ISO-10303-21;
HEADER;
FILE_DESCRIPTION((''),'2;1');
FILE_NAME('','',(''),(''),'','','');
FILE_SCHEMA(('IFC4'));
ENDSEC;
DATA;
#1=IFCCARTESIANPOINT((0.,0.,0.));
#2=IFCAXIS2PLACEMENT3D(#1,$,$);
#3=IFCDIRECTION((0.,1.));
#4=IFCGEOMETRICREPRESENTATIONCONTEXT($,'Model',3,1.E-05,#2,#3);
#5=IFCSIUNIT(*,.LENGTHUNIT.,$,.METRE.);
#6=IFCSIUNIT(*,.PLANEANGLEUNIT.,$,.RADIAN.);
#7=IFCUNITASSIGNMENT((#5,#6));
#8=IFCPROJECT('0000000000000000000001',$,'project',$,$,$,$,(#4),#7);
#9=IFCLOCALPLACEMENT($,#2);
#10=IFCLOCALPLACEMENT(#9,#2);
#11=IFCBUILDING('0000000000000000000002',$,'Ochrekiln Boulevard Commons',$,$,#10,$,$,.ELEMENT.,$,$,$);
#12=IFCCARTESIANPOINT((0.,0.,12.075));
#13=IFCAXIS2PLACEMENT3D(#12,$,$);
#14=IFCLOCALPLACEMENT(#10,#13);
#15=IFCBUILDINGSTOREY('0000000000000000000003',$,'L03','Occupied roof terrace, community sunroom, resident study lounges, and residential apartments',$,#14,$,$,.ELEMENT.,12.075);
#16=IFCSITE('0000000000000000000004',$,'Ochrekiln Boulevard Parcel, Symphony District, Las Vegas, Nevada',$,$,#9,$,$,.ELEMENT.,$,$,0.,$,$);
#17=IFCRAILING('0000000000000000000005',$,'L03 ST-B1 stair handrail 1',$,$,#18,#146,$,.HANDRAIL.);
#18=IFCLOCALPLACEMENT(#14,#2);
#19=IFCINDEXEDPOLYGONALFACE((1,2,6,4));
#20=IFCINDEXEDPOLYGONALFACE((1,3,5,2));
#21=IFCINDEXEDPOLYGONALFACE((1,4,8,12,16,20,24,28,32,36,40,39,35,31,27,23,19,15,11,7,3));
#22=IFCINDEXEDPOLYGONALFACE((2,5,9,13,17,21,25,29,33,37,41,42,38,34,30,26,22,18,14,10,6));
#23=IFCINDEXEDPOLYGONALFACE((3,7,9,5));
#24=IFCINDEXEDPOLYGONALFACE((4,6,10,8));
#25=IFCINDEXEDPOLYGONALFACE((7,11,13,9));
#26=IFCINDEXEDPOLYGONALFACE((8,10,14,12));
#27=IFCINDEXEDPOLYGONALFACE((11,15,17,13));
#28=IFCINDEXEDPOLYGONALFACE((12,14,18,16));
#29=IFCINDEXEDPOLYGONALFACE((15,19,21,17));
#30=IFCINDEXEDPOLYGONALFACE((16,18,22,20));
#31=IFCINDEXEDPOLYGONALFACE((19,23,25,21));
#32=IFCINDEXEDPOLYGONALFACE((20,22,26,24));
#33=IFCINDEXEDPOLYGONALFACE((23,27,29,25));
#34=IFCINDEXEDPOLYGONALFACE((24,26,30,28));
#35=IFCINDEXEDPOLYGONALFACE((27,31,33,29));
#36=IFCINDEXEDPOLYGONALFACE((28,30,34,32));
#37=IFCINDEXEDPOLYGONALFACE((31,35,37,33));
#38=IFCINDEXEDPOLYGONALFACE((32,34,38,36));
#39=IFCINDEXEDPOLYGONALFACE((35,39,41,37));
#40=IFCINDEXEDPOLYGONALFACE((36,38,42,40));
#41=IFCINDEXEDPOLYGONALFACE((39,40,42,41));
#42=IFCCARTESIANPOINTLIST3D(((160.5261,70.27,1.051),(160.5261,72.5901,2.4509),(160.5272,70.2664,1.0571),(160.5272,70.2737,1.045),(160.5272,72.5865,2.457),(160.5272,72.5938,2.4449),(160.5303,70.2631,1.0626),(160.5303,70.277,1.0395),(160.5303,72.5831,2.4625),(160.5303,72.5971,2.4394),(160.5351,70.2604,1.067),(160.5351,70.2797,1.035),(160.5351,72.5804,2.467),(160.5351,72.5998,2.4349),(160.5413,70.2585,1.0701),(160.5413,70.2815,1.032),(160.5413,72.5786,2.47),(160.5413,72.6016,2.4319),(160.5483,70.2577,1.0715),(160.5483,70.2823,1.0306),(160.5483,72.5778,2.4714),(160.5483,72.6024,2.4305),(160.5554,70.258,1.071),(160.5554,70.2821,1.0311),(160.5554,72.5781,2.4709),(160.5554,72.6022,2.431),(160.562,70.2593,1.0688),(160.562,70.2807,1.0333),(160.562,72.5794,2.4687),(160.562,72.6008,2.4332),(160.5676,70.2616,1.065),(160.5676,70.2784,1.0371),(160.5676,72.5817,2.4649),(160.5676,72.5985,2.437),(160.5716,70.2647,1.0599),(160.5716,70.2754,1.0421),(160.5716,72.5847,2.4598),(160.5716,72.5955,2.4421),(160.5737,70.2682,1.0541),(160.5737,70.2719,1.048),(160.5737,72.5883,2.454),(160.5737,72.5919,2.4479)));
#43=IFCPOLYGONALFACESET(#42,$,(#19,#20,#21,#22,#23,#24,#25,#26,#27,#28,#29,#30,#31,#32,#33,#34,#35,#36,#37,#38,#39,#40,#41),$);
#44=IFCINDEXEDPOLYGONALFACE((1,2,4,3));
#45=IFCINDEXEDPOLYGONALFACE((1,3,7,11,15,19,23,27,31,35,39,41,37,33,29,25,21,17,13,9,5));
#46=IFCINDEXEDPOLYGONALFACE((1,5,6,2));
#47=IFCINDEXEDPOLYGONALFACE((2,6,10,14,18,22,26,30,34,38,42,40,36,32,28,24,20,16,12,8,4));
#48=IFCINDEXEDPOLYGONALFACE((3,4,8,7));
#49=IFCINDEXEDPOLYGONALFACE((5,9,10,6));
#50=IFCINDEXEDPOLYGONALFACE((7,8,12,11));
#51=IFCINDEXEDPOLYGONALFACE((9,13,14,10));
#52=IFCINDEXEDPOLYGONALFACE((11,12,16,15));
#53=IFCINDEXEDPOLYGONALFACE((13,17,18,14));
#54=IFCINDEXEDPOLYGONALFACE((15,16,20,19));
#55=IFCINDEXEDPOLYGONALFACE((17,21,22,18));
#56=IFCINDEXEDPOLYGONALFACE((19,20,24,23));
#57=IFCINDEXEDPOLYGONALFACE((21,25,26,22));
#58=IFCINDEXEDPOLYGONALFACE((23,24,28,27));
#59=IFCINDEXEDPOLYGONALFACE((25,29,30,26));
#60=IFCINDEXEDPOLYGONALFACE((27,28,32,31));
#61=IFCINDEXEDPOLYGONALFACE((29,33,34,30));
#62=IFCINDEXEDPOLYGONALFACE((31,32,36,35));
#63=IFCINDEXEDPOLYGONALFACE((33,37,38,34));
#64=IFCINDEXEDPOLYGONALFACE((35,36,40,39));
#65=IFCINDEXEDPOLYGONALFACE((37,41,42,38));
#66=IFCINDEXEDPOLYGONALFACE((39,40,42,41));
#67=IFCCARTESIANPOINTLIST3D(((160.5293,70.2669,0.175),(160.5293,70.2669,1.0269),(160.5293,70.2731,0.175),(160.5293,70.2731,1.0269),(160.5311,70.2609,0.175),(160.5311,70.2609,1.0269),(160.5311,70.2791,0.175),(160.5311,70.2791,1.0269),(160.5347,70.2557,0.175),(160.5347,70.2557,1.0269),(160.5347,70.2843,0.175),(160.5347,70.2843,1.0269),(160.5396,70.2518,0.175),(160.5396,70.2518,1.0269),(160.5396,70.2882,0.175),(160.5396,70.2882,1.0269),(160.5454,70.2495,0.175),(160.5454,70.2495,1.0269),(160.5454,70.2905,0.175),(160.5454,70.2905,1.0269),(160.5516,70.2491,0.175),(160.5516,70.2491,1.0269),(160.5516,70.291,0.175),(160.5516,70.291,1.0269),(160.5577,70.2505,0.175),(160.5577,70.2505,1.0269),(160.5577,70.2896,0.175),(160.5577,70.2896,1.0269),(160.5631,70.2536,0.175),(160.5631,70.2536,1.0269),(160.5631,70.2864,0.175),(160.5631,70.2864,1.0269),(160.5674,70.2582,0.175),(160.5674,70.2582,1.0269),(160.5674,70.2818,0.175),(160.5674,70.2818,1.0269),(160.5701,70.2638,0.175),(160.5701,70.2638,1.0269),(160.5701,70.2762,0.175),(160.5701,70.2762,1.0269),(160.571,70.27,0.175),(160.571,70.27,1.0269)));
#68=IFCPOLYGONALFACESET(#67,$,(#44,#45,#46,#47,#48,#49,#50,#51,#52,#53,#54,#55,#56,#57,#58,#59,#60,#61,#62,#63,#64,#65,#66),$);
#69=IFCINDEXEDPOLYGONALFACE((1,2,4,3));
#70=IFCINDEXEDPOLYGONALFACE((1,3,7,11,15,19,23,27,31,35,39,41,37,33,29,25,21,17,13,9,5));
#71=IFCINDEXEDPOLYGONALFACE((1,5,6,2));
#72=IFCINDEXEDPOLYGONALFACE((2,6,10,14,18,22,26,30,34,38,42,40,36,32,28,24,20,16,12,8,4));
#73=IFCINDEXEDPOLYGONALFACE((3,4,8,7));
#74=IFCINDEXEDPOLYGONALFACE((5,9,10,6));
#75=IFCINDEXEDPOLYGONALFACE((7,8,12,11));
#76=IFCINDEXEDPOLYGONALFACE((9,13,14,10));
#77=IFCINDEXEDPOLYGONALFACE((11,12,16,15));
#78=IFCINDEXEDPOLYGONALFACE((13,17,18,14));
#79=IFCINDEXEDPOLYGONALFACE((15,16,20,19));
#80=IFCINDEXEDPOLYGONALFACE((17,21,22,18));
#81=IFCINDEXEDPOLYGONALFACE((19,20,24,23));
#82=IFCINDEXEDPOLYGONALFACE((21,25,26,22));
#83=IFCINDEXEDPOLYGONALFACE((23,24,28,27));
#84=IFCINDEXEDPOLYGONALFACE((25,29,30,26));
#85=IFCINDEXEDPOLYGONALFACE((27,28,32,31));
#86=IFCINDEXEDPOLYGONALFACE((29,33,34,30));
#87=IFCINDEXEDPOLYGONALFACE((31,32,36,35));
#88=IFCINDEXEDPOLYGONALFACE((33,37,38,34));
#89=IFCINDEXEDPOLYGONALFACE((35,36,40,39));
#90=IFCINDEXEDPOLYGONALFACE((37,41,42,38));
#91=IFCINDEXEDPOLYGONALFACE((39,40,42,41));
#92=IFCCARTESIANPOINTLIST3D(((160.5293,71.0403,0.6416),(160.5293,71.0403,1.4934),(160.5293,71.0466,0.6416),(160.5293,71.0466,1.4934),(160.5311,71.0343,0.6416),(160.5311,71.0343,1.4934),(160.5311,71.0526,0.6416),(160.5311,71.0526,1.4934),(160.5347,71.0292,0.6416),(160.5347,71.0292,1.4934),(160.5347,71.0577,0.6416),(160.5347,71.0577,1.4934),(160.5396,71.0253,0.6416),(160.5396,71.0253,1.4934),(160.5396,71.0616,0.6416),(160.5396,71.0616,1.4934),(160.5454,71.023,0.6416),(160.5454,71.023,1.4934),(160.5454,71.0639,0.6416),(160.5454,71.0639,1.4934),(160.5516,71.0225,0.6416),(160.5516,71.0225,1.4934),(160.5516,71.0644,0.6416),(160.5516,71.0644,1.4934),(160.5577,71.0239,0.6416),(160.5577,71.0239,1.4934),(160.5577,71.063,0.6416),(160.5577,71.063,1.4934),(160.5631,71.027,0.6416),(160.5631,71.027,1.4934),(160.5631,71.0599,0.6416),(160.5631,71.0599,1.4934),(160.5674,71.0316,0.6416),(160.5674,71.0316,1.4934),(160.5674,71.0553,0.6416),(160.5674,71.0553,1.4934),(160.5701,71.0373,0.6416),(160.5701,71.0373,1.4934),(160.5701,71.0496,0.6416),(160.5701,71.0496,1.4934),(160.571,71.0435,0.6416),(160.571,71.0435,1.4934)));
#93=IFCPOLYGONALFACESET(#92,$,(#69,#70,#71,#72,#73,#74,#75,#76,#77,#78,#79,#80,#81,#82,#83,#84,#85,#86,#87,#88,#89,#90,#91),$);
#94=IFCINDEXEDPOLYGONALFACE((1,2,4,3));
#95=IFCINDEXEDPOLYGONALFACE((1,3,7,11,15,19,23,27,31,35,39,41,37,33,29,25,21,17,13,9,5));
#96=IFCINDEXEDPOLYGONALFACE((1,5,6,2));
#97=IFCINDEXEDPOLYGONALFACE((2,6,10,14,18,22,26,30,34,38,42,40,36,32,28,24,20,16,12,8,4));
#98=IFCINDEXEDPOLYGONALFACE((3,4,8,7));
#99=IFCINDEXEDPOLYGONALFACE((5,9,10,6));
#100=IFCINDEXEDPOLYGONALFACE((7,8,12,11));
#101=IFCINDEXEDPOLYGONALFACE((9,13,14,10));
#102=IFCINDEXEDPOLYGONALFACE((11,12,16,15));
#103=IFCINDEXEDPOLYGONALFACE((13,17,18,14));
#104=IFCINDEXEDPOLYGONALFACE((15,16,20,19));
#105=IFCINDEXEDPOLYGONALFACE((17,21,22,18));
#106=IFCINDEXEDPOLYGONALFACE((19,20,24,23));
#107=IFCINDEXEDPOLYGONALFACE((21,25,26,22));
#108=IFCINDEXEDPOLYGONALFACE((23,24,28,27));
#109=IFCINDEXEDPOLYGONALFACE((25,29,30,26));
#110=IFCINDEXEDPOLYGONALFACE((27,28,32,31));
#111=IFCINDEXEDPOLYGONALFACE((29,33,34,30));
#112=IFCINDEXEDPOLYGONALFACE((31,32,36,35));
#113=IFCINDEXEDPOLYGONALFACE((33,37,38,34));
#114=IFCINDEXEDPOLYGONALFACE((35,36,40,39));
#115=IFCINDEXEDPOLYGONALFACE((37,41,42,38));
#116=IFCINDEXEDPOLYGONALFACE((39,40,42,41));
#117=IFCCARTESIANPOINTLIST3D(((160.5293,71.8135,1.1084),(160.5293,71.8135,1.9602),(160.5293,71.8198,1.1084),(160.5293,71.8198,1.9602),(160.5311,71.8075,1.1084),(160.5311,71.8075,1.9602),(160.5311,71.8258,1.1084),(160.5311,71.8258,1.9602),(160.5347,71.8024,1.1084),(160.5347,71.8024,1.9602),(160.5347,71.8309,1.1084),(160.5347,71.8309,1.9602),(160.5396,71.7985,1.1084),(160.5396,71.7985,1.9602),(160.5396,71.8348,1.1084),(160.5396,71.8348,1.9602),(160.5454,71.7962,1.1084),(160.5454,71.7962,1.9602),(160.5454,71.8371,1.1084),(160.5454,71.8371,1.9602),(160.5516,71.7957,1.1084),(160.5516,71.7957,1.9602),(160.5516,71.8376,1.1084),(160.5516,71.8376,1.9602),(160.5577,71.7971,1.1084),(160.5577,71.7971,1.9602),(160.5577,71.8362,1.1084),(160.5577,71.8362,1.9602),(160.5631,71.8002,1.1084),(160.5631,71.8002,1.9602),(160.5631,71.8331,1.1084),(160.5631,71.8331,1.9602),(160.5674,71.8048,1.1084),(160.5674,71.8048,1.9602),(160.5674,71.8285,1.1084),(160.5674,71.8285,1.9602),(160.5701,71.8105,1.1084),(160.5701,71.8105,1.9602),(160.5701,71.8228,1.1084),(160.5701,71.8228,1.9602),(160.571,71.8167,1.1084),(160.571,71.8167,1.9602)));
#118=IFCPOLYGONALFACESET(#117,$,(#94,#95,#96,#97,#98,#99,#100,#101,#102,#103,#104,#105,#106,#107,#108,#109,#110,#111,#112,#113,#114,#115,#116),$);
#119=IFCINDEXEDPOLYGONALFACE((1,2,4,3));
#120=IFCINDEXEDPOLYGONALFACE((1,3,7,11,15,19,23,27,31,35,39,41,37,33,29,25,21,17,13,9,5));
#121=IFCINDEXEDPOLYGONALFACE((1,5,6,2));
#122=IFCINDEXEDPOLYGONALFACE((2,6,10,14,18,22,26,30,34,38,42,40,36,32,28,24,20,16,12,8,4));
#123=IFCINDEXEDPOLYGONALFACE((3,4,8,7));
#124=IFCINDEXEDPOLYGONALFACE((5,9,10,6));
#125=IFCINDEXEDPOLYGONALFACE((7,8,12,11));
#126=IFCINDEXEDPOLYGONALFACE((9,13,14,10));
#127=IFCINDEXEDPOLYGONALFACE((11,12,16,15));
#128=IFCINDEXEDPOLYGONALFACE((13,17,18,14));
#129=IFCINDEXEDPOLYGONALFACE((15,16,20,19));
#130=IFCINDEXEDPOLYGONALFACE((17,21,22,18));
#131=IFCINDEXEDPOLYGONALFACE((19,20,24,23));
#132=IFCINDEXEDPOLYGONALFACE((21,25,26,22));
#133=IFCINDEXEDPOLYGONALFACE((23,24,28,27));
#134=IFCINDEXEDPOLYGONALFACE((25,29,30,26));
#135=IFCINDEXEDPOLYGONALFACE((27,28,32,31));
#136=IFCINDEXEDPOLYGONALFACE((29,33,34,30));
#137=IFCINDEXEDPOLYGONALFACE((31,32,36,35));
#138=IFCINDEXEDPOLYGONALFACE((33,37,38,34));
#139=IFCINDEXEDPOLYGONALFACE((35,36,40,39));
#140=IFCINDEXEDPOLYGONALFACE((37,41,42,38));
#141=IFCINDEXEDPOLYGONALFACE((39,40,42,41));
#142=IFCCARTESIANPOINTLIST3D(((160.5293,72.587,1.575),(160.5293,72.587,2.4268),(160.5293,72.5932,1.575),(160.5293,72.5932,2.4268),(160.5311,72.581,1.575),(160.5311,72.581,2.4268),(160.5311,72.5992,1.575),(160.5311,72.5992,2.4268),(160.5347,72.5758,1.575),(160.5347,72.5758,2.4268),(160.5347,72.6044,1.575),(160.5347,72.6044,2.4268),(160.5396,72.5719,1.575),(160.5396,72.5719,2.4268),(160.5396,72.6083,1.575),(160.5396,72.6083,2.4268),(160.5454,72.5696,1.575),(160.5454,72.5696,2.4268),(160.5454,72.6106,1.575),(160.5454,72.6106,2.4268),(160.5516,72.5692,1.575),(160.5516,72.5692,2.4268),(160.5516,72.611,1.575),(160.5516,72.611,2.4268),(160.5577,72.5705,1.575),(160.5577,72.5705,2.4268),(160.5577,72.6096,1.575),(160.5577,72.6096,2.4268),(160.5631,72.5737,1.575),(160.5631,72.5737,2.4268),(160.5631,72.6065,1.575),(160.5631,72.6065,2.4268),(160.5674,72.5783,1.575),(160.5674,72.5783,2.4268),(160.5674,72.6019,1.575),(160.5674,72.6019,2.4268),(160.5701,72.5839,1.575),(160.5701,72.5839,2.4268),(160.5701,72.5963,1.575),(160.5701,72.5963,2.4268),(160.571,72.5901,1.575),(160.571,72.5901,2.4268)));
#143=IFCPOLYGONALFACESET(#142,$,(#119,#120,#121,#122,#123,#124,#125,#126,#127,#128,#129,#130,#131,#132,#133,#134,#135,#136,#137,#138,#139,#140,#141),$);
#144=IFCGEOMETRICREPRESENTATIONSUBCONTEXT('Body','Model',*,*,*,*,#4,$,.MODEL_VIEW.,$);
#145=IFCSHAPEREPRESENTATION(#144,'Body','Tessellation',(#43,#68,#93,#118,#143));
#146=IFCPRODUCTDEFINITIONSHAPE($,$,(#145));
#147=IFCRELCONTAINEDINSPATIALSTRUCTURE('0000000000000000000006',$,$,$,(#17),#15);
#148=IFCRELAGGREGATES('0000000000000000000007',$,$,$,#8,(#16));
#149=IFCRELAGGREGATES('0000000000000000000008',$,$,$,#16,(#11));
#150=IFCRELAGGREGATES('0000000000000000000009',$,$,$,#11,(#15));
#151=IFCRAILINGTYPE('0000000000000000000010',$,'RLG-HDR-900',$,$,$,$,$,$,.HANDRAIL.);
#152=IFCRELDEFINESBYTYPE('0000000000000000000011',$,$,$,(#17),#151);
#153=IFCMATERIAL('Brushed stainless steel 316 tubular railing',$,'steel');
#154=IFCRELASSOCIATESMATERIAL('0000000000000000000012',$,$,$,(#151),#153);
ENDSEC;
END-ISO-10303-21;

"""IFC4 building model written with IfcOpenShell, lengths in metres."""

from ifc_helpers import new_model, si_unit, direction, frame, origin, origin_2d, place, context, subcontext, project, spatial, circle, extrude, material, type_object, element, save


model = new_model("IFC4")

# Units and contexts
model_context = context("Model", 3, precision=1e-05, world=origin(), true_north=direction((0.0, 1.0)))
body_context = subcontext(model_context, "Body", "Model", "MODEL_VIEW")
ifc_project = project(units=[si_unit("LENGTHUNIT", "METRE"), si_unit("PLANEANGLEUNIT", "RADIAN")], contexts=[model_context])

# Site, building, storey
site_placement = place(None, origin())
site = spatial("IfcSite", under=ifc_project, at=site_placement, Name="Ochrekiln Boulevard Parcel, Symphony District, Las Vegas, Nevada", CompositionType="ELEMENT", RefElevation=0.0)
building_placement = place(site_placement, origin())
building = spatial("IfcBuilding", under=site, at=building_placement, Name="Ochrekiln Boulevard Commons", CompositionType="ELEMENT")
storey_placement = place(building_placement, frame((0.0, 0.0, 12.075)))
storey = spatial("IfcBuildingStorey", under=building, at=storey_placement, Name="L03", Description="Occupied roof terrace, community sunroom, resident study lounges, and residential apartments", CompositionType="ELEMENT", Elevation=12.075)

# Railing
ifc_material_1 = material(Name="Brushed stainless steel 316 tubular railing", Category="steel")
railing_type_1 = type_object("IfcRailingType", Name="RLG-HDR-900", PredefinedType="HANDRAIL", material=ifc_material_1)
railing_1_placement = place(storey_placement, frame((160.55, 70.27, 0.175)))
element("IfcRailing", 1, at=railing_1_placement, inside=storey, type_object=railing_type_1, Name="L03 ST-B1 stair handrail 1", PredefinedType="HANDRAIL", context=body_context, shape_type="SweptSolid", body=[
    extrude(circle(Radius=0.0239, at=origin_2d()), frame((0.0, 0.0, 0.876), z_axis=(0.0, 0.85621, 0.516627), x_axis=(-1.0, 0.0, 0.0)), (0.0, 0.0, 1.0), 2.7097),
    extrude(circle(Radius=0.021, at=origin_2d()), origin(), (0.0, 0.0, 1.0), 0.8518),
    extrude(circle(Radius=0.021, at=origin_2d()), frame((0.0, 0.7734, 0.4666)), (0.0, 0.0, 1.0), 0.8518),
    extrude(circle(Radius=0.021, at=origin_2d()), frame((0.0, 1.5466, 0.9333)), (0.0, 0.0, 1.0), 0.8518),
    extrude(circle(Radius=0.021, at=origin_2d()), frame((0.0, 2.3201, 1.3999)), (0.0, 0.0, 1.0), 0.8518),
])

save(model, "model.ifc")
